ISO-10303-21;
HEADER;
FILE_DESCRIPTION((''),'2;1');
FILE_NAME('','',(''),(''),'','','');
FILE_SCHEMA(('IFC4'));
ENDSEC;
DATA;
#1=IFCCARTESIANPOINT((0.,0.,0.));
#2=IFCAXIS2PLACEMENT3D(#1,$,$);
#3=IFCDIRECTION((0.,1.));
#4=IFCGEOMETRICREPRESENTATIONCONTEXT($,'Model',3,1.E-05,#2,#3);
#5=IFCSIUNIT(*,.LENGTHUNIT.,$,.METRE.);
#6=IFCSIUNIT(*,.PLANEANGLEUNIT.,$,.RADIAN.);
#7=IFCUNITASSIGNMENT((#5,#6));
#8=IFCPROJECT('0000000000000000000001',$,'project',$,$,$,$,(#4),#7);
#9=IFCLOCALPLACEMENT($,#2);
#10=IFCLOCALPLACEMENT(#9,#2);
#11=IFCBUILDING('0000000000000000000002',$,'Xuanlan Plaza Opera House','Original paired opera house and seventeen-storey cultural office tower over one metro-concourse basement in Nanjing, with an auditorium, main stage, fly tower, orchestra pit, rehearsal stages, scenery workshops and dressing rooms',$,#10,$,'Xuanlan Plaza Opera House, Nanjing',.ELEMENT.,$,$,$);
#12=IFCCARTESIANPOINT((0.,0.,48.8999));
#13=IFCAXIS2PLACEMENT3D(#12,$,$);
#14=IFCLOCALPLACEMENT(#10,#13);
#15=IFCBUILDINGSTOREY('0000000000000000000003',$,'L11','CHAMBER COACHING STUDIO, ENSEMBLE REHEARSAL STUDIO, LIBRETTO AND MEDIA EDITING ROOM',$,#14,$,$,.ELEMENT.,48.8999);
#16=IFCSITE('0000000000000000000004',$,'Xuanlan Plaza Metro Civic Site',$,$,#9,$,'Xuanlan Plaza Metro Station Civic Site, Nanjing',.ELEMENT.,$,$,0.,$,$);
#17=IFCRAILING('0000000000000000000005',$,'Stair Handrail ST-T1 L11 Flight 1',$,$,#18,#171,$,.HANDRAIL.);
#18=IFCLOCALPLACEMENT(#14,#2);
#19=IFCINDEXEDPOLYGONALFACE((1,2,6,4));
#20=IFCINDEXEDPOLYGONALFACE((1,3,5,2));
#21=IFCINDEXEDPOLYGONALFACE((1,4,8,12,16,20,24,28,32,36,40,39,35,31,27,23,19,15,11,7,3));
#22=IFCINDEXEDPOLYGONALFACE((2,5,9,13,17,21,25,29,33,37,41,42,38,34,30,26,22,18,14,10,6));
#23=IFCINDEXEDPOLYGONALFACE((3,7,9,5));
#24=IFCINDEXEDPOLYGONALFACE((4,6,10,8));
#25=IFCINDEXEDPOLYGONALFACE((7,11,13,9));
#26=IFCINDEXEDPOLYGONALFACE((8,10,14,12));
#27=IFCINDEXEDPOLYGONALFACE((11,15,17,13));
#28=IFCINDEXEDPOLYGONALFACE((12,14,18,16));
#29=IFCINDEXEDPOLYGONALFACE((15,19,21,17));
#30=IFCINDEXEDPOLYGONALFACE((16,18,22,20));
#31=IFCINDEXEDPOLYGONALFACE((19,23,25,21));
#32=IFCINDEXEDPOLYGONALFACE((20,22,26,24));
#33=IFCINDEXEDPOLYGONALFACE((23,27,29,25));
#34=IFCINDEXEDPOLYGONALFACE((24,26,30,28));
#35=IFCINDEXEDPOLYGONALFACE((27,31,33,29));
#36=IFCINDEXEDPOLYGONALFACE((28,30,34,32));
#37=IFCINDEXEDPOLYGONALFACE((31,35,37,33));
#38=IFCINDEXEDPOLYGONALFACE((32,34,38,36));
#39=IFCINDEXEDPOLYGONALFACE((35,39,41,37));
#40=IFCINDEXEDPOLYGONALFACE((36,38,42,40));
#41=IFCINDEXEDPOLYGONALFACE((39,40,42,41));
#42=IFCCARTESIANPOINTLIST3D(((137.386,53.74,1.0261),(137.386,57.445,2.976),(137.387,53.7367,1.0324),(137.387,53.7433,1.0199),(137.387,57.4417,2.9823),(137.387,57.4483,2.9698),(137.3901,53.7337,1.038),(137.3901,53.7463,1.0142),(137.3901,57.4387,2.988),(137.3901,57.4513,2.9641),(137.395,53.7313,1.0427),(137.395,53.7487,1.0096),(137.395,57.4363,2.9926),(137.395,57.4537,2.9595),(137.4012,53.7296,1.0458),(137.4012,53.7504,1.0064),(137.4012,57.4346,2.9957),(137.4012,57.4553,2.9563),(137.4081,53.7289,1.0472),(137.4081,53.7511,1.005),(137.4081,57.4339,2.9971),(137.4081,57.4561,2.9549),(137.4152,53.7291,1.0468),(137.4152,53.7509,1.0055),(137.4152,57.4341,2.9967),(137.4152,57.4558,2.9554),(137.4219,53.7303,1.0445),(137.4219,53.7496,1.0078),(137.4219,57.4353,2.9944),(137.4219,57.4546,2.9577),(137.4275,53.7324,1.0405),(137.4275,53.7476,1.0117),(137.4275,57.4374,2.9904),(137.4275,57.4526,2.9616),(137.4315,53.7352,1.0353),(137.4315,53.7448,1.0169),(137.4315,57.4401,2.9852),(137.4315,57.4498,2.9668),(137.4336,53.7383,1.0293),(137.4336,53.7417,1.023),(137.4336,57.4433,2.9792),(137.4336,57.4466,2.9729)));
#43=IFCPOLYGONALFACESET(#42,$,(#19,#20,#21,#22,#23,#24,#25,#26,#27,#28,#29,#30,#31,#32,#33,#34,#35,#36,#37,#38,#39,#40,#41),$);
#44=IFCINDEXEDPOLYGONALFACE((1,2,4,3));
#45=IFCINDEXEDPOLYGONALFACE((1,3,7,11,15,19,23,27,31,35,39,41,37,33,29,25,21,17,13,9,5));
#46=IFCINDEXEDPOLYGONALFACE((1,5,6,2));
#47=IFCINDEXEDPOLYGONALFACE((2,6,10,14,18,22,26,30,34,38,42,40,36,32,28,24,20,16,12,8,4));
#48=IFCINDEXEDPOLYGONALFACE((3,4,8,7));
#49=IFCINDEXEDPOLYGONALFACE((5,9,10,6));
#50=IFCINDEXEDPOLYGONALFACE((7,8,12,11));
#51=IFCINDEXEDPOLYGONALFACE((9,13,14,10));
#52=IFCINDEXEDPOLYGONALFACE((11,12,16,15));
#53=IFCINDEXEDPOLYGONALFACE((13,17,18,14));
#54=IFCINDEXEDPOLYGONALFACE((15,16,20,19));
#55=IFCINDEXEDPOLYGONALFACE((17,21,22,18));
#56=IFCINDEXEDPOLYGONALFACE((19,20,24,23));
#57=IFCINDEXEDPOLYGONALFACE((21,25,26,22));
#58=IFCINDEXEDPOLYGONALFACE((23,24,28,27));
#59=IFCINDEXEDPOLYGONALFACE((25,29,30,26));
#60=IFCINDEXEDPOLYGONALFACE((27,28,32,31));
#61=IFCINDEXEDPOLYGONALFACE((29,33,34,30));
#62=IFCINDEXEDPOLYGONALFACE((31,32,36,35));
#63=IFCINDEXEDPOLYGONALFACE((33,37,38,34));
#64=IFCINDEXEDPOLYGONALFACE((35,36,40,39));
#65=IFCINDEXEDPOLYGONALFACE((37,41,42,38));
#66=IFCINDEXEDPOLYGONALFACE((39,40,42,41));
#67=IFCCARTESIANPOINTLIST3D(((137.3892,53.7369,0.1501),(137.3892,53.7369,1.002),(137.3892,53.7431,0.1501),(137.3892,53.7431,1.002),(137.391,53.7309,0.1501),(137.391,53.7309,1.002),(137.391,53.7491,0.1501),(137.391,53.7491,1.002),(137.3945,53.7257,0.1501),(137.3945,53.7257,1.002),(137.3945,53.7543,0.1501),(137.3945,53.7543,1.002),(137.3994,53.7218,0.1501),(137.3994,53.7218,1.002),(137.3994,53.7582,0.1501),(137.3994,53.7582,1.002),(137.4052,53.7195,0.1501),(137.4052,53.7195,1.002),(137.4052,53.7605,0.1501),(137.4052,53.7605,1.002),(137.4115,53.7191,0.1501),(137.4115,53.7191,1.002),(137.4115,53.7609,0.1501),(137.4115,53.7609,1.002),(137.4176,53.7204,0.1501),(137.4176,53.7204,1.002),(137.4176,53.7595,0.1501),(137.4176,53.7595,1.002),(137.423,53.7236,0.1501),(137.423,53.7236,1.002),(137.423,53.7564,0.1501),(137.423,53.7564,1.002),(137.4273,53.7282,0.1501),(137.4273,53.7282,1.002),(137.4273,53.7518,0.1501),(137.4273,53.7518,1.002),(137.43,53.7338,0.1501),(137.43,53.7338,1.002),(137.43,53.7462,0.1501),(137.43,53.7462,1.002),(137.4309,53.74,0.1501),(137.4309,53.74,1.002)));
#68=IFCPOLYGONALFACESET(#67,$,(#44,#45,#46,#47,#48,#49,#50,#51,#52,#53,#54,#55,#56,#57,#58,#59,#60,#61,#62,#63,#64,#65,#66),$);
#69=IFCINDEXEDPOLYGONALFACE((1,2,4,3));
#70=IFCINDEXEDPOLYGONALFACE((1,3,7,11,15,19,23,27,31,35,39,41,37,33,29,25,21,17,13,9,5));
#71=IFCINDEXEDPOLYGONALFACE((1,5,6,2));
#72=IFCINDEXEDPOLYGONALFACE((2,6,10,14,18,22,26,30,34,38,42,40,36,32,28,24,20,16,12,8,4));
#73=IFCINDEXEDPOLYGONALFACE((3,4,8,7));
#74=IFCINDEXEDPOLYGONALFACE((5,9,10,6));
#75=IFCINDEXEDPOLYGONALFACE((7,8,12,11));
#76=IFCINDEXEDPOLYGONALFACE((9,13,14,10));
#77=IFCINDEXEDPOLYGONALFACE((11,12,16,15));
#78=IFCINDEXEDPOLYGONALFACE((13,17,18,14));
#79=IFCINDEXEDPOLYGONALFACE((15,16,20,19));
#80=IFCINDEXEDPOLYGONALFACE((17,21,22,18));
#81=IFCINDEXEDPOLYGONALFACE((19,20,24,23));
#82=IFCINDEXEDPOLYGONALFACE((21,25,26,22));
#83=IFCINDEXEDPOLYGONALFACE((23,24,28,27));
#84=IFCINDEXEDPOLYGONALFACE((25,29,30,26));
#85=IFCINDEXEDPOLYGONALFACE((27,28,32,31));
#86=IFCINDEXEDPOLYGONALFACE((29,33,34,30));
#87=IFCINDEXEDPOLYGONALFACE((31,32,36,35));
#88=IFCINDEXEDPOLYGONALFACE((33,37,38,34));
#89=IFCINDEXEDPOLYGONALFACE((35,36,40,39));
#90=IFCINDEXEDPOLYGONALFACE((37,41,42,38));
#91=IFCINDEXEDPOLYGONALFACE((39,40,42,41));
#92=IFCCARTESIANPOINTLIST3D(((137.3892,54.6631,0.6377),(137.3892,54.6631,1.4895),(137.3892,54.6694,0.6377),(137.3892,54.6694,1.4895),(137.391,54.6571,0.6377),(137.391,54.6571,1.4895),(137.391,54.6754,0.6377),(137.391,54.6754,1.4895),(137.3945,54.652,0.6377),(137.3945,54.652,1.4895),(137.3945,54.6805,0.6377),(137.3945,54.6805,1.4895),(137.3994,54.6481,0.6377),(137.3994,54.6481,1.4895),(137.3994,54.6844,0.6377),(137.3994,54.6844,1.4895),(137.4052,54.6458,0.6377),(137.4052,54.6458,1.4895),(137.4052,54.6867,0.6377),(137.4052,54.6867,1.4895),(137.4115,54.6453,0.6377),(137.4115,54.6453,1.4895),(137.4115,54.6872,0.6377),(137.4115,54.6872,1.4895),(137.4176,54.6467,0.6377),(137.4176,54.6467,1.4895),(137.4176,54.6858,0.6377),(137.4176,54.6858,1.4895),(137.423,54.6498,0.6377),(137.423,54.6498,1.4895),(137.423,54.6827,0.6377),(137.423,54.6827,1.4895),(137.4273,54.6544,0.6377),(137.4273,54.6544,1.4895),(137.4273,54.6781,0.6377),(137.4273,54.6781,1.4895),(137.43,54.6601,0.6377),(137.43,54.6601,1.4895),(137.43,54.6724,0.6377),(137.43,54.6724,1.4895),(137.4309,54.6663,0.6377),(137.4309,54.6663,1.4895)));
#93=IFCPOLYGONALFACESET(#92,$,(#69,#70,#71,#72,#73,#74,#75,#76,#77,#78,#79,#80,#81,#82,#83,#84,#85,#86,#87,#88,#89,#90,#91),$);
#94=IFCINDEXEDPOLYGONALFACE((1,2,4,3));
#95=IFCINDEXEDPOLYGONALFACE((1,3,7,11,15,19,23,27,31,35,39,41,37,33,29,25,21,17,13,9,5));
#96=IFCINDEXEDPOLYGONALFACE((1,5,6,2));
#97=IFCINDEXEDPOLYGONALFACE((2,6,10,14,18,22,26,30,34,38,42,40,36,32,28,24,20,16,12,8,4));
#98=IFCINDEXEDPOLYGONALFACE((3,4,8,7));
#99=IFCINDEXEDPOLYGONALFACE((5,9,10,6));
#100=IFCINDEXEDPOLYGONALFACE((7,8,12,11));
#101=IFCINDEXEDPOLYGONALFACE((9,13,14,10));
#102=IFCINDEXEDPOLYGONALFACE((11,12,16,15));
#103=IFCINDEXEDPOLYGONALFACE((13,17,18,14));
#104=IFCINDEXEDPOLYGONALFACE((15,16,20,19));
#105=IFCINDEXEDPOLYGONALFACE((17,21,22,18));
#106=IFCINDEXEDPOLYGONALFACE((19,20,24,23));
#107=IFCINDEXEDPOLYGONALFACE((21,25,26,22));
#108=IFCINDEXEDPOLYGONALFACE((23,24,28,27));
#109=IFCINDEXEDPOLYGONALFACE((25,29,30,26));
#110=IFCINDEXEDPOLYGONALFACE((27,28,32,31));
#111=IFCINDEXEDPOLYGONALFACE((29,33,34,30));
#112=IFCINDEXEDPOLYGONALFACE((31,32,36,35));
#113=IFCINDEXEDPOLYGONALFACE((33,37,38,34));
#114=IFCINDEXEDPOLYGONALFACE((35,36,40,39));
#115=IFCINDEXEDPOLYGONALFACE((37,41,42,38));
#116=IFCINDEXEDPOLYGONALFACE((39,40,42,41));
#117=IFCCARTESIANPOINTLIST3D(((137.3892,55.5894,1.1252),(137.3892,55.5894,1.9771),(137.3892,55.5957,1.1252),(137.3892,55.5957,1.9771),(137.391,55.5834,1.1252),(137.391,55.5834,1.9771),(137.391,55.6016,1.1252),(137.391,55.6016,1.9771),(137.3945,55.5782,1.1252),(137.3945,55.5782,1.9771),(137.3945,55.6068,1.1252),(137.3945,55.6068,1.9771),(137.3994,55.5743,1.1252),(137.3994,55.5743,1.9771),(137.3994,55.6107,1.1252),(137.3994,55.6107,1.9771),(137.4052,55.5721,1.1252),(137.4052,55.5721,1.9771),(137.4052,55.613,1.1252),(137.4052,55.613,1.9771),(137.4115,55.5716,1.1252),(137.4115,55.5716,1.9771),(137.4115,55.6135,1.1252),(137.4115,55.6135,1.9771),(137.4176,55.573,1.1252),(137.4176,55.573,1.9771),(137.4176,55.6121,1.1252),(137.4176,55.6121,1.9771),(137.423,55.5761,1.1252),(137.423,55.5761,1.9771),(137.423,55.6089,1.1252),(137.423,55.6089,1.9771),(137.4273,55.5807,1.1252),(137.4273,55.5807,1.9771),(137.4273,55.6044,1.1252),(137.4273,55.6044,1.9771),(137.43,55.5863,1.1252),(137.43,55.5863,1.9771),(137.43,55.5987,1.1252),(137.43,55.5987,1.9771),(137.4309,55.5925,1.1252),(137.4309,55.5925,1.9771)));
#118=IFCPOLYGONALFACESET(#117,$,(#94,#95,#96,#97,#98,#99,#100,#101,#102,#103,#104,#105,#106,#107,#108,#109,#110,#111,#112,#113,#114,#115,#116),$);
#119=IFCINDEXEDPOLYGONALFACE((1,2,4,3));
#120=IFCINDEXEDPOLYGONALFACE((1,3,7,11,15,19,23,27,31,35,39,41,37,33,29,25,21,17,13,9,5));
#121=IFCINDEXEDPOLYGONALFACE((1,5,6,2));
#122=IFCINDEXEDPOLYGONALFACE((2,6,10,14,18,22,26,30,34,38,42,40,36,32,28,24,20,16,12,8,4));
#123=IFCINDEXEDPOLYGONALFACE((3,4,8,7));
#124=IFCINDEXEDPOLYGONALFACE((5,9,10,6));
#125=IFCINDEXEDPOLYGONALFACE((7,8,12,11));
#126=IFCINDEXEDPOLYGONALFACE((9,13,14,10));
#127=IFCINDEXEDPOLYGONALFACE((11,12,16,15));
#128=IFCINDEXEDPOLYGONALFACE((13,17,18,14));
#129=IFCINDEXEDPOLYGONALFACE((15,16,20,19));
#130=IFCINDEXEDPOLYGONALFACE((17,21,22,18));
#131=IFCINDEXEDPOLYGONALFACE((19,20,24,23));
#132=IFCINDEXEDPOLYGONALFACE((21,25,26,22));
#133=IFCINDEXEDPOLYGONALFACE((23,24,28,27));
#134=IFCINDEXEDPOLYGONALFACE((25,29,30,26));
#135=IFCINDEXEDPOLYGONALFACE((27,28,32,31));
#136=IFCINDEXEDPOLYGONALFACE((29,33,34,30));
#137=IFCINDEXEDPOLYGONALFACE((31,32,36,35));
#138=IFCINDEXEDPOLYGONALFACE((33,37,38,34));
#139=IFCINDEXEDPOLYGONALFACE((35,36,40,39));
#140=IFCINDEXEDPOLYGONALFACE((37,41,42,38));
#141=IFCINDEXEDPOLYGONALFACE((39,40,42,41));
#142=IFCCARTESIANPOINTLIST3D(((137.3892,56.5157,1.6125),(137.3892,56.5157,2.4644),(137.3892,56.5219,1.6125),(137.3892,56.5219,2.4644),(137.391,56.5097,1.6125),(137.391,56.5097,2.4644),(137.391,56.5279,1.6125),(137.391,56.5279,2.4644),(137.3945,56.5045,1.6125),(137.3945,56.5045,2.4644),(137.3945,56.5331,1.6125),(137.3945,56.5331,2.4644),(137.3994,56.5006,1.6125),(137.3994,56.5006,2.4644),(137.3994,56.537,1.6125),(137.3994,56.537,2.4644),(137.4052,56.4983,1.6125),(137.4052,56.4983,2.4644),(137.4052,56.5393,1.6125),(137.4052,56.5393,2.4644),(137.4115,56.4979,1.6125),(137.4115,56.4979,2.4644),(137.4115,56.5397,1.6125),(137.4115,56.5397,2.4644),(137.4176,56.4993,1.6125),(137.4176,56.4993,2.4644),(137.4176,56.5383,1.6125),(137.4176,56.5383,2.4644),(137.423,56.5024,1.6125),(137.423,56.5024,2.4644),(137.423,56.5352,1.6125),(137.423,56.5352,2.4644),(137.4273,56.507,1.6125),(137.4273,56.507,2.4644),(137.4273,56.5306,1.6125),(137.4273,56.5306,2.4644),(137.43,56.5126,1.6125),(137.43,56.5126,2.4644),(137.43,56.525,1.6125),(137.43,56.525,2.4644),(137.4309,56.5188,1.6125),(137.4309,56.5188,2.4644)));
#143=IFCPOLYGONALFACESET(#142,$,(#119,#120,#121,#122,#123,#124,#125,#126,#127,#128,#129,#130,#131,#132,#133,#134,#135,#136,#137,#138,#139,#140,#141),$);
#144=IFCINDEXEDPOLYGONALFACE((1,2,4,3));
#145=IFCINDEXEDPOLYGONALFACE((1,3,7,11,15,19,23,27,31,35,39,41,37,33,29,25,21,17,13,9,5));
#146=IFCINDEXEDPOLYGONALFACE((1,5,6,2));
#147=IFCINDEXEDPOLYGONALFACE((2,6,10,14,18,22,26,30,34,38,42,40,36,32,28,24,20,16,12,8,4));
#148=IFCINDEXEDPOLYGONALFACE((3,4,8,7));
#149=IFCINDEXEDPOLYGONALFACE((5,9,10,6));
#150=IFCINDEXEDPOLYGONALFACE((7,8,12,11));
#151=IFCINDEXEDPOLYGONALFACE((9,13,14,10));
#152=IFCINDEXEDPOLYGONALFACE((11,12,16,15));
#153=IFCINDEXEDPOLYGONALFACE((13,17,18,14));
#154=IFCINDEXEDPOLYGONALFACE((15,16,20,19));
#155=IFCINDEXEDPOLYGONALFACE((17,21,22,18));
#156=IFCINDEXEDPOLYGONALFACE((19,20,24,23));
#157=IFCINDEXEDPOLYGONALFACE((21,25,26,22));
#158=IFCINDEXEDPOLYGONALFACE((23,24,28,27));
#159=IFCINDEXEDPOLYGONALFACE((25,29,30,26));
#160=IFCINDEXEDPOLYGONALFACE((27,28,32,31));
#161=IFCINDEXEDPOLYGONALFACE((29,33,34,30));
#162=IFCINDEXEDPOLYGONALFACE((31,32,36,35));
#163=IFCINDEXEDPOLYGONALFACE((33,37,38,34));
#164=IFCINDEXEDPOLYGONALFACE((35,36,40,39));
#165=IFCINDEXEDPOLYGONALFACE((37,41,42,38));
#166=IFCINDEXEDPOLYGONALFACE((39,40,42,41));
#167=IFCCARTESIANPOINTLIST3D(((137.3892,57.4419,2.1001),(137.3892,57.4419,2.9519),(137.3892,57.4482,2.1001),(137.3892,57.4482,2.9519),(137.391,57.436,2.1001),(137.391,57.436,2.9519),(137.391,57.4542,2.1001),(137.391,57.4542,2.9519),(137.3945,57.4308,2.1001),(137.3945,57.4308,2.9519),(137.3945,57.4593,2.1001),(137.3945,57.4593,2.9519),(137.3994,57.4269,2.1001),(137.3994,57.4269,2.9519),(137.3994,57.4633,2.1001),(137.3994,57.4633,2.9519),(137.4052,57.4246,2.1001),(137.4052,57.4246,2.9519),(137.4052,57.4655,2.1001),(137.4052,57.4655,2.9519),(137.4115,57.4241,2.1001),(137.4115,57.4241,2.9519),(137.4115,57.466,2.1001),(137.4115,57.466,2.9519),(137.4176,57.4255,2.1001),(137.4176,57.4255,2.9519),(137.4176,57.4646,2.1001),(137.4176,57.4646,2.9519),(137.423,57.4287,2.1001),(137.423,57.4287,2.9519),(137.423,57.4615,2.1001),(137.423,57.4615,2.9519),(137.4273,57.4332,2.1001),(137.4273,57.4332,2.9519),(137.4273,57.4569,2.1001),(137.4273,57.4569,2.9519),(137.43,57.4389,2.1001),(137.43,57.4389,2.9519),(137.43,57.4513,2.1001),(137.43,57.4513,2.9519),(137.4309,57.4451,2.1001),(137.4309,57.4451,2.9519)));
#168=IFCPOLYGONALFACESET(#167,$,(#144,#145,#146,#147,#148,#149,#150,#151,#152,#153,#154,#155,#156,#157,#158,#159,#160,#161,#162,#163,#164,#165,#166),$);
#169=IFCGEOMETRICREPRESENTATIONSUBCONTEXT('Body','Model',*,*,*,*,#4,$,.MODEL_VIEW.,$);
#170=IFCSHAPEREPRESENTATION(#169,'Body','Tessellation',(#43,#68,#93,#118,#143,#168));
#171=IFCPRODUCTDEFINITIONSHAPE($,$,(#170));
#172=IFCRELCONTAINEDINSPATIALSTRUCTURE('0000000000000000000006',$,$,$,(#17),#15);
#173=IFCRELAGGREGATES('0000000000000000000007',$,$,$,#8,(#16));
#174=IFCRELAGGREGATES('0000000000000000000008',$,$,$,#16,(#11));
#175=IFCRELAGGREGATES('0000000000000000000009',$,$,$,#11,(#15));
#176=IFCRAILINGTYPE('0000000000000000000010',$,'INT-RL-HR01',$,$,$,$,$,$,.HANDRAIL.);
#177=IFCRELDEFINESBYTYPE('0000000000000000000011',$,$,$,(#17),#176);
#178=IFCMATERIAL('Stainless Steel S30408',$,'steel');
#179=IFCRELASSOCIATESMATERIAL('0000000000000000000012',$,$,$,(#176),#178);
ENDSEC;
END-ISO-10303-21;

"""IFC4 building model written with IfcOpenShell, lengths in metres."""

from ifc_helpers import new_model, si_unit, direction, frame, origin, origin_2d, place, context, subcontext, project, spatial, circle, extrude, material, type_object, element, save


model = new_model("IFC4")

# Units and contexts
model_context = context("Model", 3, precision=1e-05, world=origin(), true_north=direction((0.0, 1.0)))
body_context = subcontext(model_context, "Body", "Model", "MODEL_VIEW")
ifc_project = project(units=[si_unit("LENGTHUNIT", "METRE"), si_unit("PLANEANGLEUNIT", "RADIAN")], contexts=[model_context])

# Site, building, storey
site_placement = place(None, origin())
site = spatial("IfcSite", under=ifc_project, at=site_placement, Name="Xuanlan Plaza Metro Civic Site", LongName="Xuanlan Plaza Metro Station Civic Site, Nanjing", CompositionType="ELEMENT", RefElevation=0.0)
building_placement = place(site_placement, origin())
building = spatial("IfcBuilding", under=site, at=building_placement, Name="Xuanlan Plaza Opera House", Description="Original paired opera house and seventeen-storey cultural office tower over one metro-concourse basement in Nanjing, with an auditorium, main stage, fly tower, orchestra pit, rehearsal stages, scenery workshops and dressing rooms", LongName="Xuanlan Plaza Opera House, Nanjing", CompositionType="ELEMENT")
storey_placement = place(building_placement, frame((0.0, 0.0, 48.8999)))
storey = spatial("IfcBuildingStorey", under=building, at=storey_placement, Name="L11", Description="CHAMBER COACHING STUDIO, ENSEMBLE REHEARSAL STUDIO, LIBRETTO AND MEDIA EDITING ROOM", CompositionType="ELEMENT", Elevation=48.8999)

# Shared definitions
ifc_material_1 = material(Name="Stainless Steel S30408", Category="steel")

# Railing
railing_type = type_object("IfcRailingType", Name="INT-RL-HR01", PredefinedType="HANDRAIL", material=ifc_material_1)
railing_placement = place(storey_placement, frame((137.4099, 53.74, 0.1501)))
element("IfcRailing", 1, at=railing_placement, inside=storey, type_object=railing_type, Name="Stair Handrail ST-T1 L11 Flight 1", PredefinedType="HANDRAIL", context=body_context, shape_type="SweptSolid", body=[
    extrude(circle(Radius=0.0239, at=origin_2d()), frame((0.0, 0.0, 0.876), z_axis=(0.0, 0.884927, 0.46573), x_axis=(-1.0, 0.0, 0.0)), (0.0, 0.0, 1.0), 4.1868),
    extrude(circle(Radius=0.021, at=origin_2d()), origin(), (0.0, 0.0, 1.0), 0.8518),
    extrude(circle(Radius=0.021, at=origin_2d()), frame((0.0, 0.9263, 0.4875)), (0.0, 0.0, 1.0), 0.8518),
    extrude(circle(Radius=0.021, at=origin_2d()), frame((0.0, 1.8525, 0.9751)), (0.0, 0.0, 1.0), 0.8518),
    extrude(circle(Radius=0.021, at=origin_2d()), frame((0.0, 2.7788, 1.4624)), (0.0, 0.0, 1.0), 0.8518),
    extrude(circle(Radius=0.021, at=origin_2d()), frame((0.0, 3.7051, 1.95)), (0.0, 0.0, 1.0), 0.8518),
])

save(model, "model.ifc")
